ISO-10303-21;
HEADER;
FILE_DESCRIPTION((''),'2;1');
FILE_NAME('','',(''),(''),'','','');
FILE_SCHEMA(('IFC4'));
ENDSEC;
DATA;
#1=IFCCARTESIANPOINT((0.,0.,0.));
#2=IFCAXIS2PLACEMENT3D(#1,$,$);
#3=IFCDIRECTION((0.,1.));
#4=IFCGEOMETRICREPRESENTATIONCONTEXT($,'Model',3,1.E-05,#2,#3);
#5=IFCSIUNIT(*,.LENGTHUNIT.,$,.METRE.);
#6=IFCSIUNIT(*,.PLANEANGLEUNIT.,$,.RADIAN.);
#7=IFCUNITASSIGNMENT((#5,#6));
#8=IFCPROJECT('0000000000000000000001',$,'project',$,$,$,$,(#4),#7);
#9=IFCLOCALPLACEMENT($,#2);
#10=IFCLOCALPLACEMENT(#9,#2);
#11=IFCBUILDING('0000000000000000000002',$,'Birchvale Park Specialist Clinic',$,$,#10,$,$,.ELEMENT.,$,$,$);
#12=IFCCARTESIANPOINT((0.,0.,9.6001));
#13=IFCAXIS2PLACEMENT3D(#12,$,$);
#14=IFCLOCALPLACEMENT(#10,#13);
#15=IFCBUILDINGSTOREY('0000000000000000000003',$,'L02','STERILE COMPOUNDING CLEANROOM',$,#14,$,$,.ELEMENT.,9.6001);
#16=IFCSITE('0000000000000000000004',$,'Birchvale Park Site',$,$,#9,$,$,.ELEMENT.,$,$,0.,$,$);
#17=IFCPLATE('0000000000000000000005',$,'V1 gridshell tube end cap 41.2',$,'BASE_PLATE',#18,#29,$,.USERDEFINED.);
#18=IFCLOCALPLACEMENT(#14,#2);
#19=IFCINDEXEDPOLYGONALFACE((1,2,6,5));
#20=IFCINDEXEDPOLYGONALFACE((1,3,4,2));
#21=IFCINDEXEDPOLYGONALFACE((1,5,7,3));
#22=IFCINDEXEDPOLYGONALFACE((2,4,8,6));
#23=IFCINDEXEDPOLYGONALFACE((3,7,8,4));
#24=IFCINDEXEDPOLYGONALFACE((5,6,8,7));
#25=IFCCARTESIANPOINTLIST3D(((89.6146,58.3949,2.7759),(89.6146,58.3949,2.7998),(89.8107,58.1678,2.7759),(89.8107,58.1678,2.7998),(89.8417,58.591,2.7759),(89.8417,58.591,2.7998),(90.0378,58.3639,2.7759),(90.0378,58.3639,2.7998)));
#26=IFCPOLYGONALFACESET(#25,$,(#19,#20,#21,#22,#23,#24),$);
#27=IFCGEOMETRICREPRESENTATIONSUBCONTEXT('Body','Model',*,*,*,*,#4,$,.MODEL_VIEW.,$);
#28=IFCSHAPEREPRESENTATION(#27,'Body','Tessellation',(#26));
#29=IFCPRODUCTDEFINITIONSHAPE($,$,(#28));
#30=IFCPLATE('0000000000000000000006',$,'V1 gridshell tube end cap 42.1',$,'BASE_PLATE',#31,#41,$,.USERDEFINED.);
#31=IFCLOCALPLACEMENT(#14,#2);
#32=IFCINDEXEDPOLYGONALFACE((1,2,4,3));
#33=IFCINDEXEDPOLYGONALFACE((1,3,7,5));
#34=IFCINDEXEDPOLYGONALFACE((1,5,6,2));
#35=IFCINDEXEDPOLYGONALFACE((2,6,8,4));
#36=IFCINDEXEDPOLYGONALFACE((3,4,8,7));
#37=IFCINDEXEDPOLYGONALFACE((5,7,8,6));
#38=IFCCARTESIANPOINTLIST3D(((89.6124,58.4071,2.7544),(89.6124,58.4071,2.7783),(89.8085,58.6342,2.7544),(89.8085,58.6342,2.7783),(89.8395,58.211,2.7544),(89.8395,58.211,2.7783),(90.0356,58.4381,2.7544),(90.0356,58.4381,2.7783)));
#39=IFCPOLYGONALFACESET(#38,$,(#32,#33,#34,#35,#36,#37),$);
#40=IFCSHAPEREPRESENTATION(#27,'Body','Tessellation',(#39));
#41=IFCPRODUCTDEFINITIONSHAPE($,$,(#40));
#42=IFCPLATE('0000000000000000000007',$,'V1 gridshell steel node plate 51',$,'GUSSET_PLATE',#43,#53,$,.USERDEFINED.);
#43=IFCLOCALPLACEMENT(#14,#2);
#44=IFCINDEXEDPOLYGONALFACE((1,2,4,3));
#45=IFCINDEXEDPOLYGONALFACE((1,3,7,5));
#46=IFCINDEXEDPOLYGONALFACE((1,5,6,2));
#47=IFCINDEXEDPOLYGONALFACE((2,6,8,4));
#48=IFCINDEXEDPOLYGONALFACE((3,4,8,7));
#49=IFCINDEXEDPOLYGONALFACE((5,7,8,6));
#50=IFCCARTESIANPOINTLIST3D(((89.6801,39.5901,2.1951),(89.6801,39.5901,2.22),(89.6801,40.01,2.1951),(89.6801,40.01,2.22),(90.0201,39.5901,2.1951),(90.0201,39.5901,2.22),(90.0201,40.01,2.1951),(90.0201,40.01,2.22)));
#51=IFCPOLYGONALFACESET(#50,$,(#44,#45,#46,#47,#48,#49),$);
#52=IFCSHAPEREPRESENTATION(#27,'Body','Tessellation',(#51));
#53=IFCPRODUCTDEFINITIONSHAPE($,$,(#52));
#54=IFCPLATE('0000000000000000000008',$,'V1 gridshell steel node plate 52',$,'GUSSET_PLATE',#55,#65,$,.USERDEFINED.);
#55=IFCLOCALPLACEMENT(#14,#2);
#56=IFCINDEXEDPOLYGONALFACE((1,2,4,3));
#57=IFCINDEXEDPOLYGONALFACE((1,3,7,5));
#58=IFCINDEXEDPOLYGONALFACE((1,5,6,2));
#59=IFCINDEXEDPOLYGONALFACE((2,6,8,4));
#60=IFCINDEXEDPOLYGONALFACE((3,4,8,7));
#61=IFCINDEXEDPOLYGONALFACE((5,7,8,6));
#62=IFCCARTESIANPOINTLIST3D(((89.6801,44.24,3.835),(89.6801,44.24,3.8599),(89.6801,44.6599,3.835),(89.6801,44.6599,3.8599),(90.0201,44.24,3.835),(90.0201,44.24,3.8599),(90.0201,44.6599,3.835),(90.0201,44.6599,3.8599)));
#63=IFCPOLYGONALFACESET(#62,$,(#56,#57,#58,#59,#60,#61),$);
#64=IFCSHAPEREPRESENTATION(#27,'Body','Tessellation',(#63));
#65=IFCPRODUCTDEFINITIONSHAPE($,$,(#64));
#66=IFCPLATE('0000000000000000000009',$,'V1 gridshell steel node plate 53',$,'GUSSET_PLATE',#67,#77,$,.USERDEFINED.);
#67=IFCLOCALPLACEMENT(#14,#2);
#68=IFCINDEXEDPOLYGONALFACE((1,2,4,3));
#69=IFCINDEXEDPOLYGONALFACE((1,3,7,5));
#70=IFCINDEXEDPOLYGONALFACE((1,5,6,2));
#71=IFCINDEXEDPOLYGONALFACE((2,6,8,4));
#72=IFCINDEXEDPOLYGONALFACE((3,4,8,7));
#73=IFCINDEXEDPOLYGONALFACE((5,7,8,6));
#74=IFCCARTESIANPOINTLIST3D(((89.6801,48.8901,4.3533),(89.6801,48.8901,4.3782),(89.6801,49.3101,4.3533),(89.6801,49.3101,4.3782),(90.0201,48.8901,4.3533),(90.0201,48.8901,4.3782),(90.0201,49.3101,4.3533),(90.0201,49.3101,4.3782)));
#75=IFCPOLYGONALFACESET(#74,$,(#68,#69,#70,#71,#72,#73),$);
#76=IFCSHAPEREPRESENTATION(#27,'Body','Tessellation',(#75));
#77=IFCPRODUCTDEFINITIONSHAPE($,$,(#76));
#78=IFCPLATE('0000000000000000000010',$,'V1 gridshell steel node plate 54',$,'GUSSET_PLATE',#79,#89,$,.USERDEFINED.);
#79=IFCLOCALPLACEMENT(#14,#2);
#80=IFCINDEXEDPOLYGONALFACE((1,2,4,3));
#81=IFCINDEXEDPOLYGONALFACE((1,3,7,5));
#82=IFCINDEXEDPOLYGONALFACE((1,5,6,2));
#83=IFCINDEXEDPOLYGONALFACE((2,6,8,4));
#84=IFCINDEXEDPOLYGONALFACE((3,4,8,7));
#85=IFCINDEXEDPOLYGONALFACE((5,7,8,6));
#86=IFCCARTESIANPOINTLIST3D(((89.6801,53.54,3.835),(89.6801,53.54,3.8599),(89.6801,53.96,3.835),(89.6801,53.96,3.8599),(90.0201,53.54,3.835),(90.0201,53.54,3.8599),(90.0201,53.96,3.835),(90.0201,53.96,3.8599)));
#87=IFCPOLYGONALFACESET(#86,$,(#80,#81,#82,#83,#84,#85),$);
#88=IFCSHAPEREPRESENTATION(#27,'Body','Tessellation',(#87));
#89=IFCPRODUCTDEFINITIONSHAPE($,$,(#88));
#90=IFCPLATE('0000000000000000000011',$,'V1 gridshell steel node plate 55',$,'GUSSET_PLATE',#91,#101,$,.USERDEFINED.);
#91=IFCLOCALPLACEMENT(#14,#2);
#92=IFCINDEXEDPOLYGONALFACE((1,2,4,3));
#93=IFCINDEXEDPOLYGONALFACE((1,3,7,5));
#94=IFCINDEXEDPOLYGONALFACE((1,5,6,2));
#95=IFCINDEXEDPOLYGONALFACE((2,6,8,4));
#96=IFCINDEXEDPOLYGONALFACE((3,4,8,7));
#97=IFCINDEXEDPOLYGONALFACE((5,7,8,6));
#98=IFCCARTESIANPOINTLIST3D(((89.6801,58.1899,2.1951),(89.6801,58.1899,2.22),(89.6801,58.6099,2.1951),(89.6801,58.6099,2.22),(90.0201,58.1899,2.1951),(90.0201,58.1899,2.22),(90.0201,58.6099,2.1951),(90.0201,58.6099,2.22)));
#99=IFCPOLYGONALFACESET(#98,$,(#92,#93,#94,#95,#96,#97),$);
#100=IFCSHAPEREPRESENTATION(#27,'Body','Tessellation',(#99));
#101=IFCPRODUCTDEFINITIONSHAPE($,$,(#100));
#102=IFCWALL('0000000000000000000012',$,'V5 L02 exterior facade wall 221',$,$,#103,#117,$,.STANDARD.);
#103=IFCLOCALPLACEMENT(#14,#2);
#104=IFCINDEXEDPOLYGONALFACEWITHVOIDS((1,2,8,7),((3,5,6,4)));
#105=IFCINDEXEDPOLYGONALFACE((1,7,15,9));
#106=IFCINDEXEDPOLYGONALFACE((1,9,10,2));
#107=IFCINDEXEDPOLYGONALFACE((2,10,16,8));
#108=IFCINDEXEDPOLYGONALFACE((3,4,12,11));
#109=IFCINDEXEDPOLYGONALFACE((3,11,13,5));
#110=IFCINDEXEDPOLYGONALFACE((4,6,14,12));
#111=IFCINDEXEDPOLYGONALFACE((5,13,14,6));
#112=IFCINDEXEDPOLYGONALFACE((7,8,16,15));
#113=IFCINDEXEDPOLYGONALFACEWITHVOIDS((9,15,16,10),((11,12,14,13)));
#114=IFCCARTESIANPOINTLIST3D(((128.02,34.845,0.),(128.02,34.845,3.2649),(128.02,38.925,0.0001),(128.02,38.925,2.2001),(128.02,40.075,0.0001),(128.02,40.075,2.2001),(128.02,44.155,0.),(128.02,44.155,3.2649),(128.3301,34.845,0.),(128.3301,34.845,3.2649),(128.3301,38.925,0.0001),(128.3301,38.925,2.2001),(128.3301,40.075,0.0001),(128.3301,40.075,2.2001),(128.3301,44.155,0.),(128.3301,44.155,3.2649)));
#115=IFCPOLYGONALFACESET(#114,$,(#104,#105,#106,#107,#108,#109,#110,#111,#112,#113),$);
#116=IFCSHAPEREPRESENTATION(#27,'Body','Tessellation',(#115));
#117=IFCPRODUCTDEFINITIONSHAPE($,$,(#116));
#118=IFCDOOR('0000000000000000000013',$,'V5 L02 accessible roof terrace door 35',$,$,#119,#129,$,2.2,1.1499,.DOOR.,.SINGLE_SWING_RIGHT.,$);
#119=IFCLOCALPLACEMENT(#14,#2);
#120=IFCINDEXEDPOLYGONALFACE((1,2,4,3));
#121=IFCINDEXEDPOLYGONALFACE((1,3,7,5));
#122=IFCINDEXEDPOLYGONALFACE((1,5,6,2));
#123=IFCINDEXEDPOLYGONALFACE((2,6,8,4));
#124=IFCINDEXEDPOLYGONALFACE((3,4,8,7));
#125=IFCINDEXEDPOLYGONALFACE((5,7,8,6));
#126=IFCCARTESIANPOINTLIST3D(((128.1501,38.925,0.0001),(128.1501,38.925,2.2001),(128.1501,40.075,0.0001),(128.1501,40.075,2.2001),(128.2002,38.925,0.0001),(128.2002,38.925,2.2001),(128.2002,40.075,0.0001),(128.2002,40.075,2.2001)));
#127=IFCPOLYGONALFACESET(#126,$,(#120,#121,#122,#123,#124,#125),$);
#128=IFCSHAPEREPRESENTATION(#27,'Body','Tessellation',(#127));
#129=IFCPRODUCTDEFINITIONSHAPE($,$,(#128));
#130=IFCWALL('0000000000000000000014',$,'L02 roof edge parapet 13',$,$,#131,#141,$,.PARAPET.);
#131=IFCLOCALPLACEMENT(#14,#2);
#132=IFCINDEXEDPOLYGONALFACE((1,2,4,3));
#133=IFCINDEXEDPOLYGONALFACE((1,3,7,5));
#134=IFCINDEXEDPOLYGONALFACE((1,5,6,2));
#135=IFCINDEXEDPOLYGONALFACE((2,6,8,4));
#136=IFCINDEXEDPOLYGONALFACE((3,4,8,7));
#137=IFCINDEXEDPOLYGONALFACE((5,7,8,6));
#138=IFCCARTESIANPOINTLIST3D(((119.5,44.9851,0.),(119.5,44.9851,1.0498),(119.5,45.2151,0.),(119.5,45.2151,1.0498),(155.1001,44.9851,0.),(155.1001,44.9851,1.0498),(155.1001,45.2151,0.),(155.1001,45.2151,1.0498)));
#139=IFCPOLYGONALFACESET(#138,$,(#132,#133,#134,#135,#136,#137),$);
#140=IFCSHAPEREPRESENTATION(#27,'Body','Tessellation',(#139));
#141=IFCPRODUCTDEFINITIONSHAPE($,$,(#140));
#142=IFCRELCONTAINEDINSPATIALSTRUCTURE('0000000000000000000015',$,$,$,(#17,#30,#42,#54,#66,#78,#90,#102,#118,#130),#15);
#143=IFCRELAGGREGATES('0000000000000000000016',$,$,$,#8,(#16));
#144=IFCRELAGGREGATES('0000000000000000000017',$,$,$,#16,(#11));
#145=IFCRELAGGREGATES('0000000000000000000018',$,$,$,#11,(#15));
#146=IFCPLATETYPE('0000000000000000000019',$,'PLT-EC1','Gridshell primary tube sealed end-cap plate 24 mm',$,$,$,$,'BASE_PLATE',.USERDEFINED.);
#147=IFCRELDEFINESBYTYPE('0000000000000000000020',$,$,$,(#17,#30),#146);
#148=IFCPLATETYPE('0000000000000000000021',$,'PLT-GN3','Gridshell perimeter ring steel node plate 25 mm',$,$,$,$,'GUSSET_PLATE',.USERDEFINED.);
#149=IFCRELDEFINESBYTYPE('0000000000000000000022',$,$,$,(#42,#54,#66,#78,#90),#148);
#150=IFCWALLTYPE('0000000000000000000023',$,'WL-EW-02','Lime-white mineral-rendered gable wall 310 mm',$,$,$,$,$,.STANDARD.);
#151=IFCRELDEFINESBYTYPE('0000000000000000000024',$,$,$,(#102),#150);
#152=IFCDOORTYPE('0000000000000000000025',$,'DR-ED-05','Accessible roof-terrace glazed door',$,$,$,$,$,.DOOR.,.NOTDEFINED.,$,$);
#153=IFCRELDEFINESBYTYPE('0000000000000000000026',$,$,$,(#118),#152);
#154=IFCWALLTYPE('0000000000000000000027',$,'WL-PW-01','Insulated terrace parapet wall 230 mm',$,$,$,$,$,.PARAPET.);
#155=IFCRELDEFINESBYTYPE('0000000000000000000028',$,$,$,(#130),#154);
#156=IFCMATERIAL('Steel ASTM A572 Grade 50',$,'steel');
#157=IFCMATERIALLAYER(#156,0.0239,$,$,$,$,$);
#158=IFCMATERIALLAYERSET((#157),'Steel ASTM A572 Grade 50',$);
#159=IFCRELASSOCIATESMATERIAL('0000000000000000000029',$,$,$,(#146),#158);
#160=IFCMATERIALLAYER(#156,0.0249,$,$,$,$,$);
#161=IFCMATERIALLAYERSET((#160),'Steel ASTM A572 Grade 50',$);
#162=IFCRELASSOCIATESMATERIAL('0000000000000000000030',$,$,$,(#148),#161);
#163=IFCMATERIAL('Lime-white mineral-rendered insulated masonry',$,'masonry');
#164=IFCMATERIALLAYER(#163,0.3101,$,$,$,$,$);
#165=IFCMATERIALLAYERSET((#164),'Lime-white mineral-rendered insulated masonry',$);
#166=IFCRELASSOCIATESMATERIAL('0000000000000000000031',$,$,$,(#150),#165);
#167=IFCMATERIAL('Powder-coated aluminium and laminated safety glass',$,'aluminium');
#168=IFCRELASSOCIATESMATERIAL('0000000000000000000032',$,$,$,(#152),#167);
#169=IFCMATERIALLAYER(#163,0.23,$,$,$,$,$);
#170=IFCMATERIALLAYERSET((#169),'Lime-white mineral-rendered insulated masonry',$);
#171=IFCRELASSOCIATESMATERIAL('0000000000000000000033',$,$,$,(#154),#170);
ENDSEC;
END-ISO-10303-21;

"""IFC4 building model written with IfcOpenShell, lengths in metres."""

from ifc_helpers import new_model, si_unit, direction, frame, frame_2d, origin, origin_2d, place, context, subcontext, project, spatial, rectangle, extrude, material, layer, layer_set, type_object, element, fill, save


model = new_model("IFC4")

# Units and contexts
model_context = context("Model", 3, precision=1e-05, world=origin(), true_north=direction((0.0, 1.0)))
body_context = subcontext(model_context, "Body", "Model", "MODEL_VIEW")
ifc_project = project(units=[si_unit("LENGTHUNIT", "METRE"), si_unit("PLANEANGLEUNIT", "RADIAN")], contexts=[model_context])

# Site, building, storey
site_placement = place(None, origin())
site = spatial("IfcSite", under=ifc_project, at=site_placement, Name="Birchvale Park Site", CompositionType="ELEMENT", RefElevation=0.0)
building_placement = place(site_placement, origin())
building = spatial("IfcBuilding", under=site, at=building_placement, Name="Birchvale Park Specialist Clinic", CompositionType="ELEMENT")
storey_placement = place(building_placement, frame((0.0, 0.0, 9.6001)))
storey = spatial("IfcBuildingStorey", under=building, at=storey_placement, Name="L02", Description="STERILE COMPOUNDING CLEANROOM", CompositionType="ELEMENT", Elevation=9.6001)

# Plates
ifc_material_1 = material(Name="Steel ASTM A572 Grade 50", Category="steel")
ifc_layer_1 = layer(ifc_material_1, 0.0239)
ifc_layer_set_1 = layer_set([ifc_layer_1], Name="Steel ASTM A572 Grade 50")
plate_type_1 = type_object("IfcPlateType", Name="PLT-EC1", Description="Gridshell primary tube sealed end-cap plate 24 mm", ElementType="BASE_PLATE", PredefinedType="USERDEFINED", material=ifc_layer_set_1)
for number, where, z_axis, x_axis, name in (
    (1, (89.8262, 58.3794, 2.7759), (0.0, 0.0, 1.0), (0.756881, 0.653553, 0.0), "V1 gridshell tube end cap 41.2"),
    (2, (89.824, 58.4226, 2.7544), (0.0, 0.0, 1.0), (-0.756881, 0.653553, 0.0), "V1 gridshell tube end cap 42.1"),
):
    element("IfcPlate", number, at=place(storey_placement, frame(where, z_axis=z_axis, x_axis=x_axis)), inside=storey, type_object=plate_type_1, Name=name, ObjectType="BASE_PLATE", PredefinedType="USERDEFINED", context=body_context, shape_type="SweptSolid", body=[
        extrude(rectangle(XDim=0.3, YDim=0.3, at=origin_2d()), origin(), (0.0, 0.0, 1.0), 0.0239),
    ])
ifc_layer_2 = layer(ifc_material_1, 0.0249)
ifc_layer_set_2 = layer_set([ifc_layer_2], Name="Steel ASTM A572 Grade 50")
plate_type_2 = type_object("IfcPlateType", Name="PLT-GN3", Description="Gridshell perimeter ring steel node plate 25 mm", ElementType="GUSSET_PLATE", PredefinedType="USERDEFINED", material=ifc_layer_set_2)
for number, where, z_axis, x_axis, name in (
    (3, (89.8501, 39.8, 2.1951), (0.0, 0.0, 1.0), (1.0, 0.0, 0.0), "V1 gridshell steel node plate 51"),
    (4, (89.8501, 44.45, 3.835), (0.0, 0.0, 1.0), (1.0, 0.0, 0.0), "V1 gridshell steel node plate 52"),
    (5, (89.8501, 49.1001, 4.3533), (0.0, 0.0, 1.0), (1.0, 0.0, 0.0), "V1 gridshell steel node plate 53"),
    (6, (89.8501, 53.75, 3.835), (0.0, 0.0, 1.0), (1.0, 0.0, 0.0), "V1 gridshell steel node plate 54"),
    (7, (89.8501, 58.3999, 2.1951), (0.0, 0.0, 1.0), (1.0, 0.0, 0.0), "V1 gridshell steel node plate 55"),
):
    element("IfcPlate", number, at=place(storey_placement, frame(where, z_axis=z_axis, x_axis=x_axis)), inside=storey, type_object=plate_type_2, Name=name, ObjectType="GUSSET_PLATE", PredefinedType="USERDEFINED", context=body_context, shape_type="SweptSolid", body=[
        extrude(rectangle(XDim=0.3401, YDim=0.4199, at=origin_2d()), origin(), (0.0, 0.0, 1.0), 0.0249),
    ])

# Wall, opening, door
ifc_material_2 = material(Name="Lime-white mineral-rendered insulated masonry", Category="masonry")
ifc_layer_3 = layer(ifc_material_2, 0.3101)
ifc_layer_set_3 = layer_set([ifc_layer_3], Name="Lime-white mineral-rendered insulated masonry")
wall_type_1 = type_object("IfcWallType", Name="WL-EW-02", Description="Lime-white mineral-rendered gable wall 310 mm", PredefinedType="STANDARD", material=ifc_layer_set_3)
wall_1_placement = place(storey_placement, frame((128.175, 44.155, 0.0), z_axis=(0.0, 0.0, 1.0), x_axis=(0.0, -1.0, 0.0)))
wall_1 = element("IfcWall", 8, at=wall_1_placement, inside=storey, type_object=wall_type_1, Name="V5 L02 exterior facade wall 221", PredefinedType="STANDARD", context=body_context, shape_type="SweptSolid", body=[
    extrude(rectangle(XDim=9.3101, YDim=0.3101, at=frame_2d((4.655, 0.0))), origin(), (0.0, 0.0, 1.0), 3.2649),
])
opening_placement = place(wall_1_placement, frame((4.0801, 0.0, 0.0)))
opening = element("IfcOpeningElement", 9, at=opening_placement, cuts=wall_1, PredefinedType="OPENING", context=body_context, shape_type="SweptSolid", body=[
    extrude(rectangle(XDim=1.1499, YDim=2.2, at=frame_2d((0.575, 1.1001))), frame((0.0, 0.165, 0.0), z_axis=(0.0, -1.0, 0.0), x_axis=(1.0, 0.0, 0.0)), (0.0, 0.0, 1.0), 0.3301),
])
ifc_material_3 = material(Name="Powder-coated aluminium and laminated safety glass", Category="aluminium")
door_type = type_object("IfcDoorType", Name="DR-ED-05", Description="Accessible roof-terrace glazed door", OperationType="NOTDEFINED", PredefinedType="DOOR", material=ifc_material_3)
door_placement = place(opening_placement, frame((1.1499, 0.0, 0.0), z_axis=(0.0, 0.0, 1.0), x_axis=(-1.0, 0.0, 0.0)))
door = element("IfcDoor", 10, at=door_placement, inside=storey, type_object=door_type, Name="V5 L02 accessible roof terrace door 35", OperationType="SINGLE_SWING_RIGHT", OverallHeight=2.2, OverallWidth=1.1499, PredefinedType="DOOR", context=body_context, shape_type="SweptSolid", body=[
    extrude(rectangle(XDim=1.1499, YDim=2.2, at=frame_2d((0.575, 1.1001))), frame((0.0, 0.0249, 0.0), z_axis=(0.0, -1.0, 0.0), x_axis=(1.0, 0.0, 0.0)), (0.0, 0.0, 1.0), 0.05),
])
fill(opening, door)

# Wall
ifc_layer_4 = layer(ifc_material_2, 0.23)
ifc_layer_set_4 = layer_set([ifc_layer_4], Name="Lime-white mineral-rendered insulated masonry")
wall_type_2 = type_object("IfcWallType", Name="WL-PW-01", Description="Insulated terrace parapet wall 230 mm", PredefinedType="PARAPET", material=ifc_layer_set_4)
wall_2_placement = place(storey_placement, frame((119.5, 45.1001, 0.0), z_axis=(0.0, 0.0, 1.0), x_axis=(1.0, 0.0, 0.0)))
element("IfcWall", 11, at=wall_2_placement, inside=storey, type_object=wall_type_2, Name="L02 roof edge parapet 13", PredefinedType="PARAPET", context=body_context, shape_type="SweptSolid", body=[
    extrude(rectangle(XDim=35.6001, YDim=0.23, at=frame_2d((17.8, 0.0))), origin(), (0.0, 0.0, 1.0), 1.0498),
])

save(model, "model.ifc")
